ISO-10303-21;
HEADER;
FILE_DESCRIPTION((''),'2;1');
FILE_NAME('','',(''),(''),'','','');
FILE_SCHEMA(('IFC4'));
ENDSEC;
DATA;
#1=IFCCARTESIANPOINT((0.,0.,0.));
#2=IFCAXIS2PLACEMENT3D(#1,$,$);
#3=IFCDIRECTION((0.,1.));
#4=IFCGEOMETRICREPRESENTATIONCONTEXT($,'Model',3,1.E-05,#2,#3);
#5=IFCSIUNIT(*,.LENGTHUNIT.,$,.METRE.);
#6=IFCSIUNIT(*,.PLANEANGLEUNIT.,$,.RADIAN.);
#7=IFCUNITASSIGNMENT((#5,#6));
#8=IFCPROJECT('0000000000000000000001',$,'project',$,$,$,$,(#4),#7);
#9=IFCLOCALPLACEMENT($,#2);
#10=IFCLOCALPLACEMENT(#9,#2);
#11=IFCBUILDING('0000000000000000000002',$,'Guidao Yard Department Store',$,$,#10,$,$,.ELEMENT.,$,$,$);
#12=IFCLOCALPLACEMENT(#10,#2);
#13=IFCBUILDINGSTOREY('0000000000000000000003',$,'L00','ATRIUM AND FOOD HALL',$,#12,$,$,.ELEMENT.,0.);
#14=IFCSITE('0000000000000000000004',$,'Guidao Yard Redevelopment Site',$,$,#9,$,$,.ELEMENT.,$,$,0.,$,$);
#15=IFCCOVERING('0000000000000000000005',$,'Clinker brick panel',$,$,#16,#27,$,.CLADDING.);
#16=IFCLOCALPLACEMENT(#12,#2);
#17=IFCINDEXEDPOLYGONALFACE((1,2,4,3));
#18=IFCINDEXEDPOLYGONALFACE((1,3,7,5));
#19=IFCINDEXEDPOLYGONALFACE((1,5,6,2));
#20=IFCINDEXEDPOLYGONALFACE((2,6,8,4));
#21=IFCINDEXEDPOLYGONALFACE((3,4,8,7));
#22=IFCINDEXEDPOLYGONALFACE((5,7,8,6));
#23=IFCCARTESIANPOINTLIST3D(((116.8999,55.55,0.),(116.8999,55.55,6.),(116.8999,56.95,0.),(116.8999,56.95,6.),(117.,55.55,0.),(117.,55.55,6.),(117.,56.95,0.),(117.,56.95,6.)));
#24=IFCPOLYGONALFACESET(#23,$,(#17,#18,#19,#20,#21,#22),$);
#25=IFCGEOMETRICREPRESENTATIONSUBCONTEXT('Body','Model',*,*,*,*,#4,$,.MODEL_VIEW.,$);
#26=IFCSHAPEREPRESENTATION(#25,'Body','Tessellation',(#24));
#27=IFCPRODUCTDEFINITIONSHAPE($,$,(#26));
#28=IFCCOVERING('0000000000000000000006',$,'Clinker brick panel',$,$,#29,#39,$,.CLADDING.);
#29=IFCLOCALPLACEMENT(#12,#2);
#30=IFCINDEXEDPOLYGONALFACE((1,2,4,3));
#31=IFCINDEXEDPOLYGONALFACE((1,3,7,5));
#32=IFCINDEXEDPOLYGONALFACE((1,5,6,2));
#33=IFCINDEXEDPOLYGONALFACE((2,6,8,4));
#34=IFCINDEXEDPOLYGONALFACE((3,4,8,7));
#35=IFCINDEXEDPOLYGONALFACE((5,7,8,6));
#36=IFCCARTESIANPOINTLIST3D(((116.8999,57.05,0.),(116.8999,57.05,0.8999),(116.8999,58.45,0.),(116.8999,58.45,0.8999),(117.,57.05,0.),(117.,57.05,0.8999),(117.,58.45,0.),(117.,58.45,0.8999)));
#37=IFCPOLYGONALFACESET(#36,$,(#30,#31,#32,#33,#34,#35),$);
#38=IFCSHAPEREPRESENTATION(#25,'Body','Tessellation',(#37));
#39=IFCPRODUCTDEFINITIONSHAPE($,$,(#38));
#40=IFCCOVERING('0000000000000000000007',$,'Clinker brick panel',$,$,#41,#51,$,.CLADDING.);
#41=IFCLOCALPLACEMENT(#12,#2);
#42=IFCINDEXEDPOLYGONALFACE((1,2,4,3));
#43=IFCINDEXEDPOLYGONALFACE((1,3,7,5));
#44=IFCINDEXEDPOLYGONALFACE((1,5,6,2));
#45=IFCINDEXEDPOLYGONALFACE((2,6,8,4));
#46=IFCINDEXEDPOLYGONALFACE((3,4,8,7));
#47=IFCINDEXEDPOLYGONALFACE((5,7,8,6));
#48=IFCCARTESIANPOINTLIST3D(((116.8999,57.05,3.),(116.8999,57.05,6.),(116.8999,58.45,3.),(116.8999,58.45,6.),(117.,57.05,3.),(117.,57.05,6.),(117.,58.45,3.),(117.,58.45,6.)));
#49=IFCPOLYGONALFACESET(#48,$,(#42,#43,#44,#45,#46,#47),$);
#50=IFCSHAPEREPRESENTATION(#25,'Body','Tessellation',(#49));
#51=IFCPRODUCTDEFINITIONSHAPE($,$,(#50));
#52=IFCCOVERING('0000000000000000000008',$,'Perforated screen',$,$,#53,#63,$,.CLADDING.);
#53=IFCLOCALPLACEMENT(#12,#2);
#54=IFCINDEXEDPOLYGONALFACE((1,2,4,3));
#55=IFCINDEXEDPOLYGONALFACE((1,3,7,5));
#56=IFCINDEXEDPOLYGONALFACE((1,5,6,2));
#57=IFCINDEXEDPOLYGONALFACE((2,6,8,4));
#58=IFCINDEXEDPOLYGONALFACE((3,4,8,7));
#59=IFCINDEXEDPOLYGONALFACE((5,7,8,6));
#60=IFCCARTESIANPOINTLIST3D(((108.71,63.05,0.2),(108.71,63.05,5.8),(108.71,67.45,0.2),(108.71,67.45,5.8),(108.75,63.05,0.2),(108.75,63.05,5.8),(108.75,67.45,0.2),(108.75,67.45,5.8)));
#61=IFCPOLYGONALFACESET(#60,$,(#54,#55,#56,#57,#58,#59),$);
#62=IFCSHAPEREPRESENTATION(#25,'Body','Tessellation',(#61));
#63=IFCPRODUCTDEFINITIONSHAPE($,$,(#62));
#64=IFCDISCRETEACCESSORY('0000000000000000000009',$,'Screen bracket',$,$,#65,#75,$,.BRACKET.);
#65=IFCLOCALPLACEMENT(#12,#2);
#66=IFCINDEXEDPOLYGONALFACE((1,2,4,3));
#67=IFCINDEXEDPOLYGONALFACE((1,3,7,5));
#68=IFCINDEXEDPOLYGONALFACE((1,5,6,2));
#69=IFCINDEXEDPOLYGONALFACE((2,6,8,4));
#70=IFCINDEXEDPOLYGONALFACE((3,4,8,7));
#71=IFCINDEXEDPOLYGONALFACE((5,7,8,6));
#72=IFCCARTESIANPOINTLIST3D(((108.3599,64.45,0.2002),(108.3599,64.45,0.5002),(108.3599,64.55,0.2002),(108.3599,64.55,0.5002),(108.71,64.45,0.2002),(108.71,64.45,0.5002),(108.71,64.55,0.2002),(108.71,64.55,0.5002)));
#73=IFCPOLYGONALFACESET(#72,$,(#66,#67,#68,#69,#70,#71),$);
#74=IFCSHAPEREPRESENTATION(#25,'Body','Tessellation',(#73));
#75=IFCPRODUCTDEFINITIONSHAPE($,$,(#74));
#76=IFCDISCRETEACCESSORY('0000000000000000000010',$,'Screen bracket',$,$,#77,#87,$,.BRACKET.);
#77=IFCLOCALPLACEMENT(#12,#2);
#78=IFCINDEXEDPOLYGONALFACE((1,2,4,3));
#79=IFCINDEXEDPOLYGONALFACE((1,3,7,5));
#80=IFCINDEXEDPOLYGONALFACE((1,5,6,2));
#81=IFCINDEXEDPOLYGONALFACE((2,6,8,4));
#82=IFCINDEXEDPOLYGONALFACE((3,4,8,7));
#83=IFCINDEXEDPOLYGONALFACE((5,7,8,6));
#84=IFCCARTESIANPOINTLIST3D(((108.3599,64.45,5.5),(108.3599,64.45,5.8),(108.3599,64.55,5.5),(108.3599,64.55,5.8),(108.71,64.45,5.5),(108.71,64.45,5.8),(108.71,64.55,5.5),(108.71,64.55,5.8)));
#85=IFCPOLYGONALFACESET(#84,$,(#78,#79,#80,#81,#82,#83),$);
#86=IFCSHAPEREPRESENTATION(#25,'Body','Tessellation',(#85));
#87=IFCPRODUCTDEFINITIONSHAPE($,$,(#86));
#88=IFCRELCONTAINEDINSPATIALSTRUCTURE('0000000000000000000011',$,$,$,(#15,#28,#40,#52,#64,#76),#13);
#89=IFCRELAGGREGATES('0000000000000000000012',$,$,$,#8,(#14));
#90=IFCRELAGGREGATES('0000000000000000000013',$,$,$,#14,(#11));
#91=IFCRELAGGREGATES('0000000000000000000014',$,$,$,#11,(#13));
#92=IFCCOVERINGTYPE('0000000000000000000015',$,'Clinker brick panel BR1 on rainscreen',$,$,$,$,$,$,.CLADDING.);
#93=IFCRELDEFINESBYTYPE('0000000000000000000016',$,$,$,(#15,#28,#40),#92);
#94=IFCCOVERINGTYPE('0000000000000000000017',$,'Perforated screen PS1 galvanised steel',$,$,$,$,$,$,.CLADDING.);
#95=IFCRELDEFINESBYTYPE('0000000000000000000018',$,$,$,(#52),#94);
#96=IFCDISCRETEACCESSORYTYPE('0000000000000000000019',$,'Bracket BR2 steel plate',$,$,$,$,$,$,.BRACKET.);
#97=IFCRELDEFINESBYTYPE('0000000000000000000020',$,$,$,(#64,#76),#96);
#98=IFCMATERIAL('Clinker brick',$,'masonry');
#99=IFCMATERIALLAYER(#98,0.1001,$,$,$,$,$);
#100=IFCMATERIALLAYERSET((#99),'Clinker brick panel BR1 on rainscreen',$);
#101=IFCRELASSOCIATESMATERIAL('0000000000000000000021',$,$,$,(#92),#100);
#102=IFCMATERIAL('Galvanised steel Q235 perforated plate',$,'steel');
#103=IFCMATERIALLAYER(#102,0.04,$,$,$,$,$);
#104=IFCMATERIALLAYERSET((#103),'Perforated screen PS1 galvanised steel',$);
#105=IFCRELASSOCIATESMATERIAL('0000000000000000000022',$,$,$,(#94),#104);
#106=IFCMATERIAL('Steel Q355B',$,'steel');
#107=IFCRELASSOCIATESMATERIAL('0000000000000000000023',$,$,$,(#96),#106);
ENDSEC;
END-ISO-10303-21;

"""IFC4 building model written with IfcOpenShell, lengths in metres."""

from ifc_helpers import new_model, si_unit, direction, frame, origin, origin_2d, place, context, subcontext, project, spatial, rectangle, extrude, material, layer, layer_set, type_object, element, save


model = new_model("IFC4")

# Units and contexts
model_context = context("Model", 3, precision=1e-05, world=origin(), true_north=direction((0.0, 1.0)))
body_context = subcontext(model_context, "Body", "Model", "MODEL_VIEW")
ifc_project = project(units=[si_unit("LENGTHUNIT", "METRE"), si_unit("PLANEANGLEUNIT", "RADIAN")], contexts=[model_context])

# Site, building, storey
site_placement = place(None, origin())
site = spatial("IfcSite", under=ifc_project, at=site_placement, Name="Guidao Yard Redevelopment Site", CompositionType="ELEMENT", RefElevation=0.0)
building_placement = place(site_placement, origin())
building = spatial("IfcBuilding", under=site, at=building_placement, Name="Guidao Yard Department Store", CompositionType="ELEMENT")
storey_placement = place(building_placement, origin())
storey = spatial("IfcBuildingStorey", under=building, at=storey_placement, Name="L00", Description="ATRIUM AND FOOD HALL", CompositionType="ELEMENT", Elevation=0.0)

# Coverings
ifc_material_1 = material(Name="Clinker brick", Category="masonry")
ifc_layer_1 = layer(ifc_material_1, 0.1001)
ifc_layer_set_1 = layer_set([ifc_layer_1], Name="Clinker brick panel BR1 on rainscreen")
covering_type_1 = type_object("IfcCoveringType", Name="Clinker brick panel BR1 on rainscreen", PredefinedType="CLADDING", material=ifc_layer_set_1)
covering_1_placement = place(storey_placement, frame((116.95, 56.25, 0.0), z_axis=(0.0, 0.0, 1.0), x_axis=(0.0, 1.0, 0.0)))
element("IfcCovering", 1, at=covering_1_placement, inside=storey, type_object=covering_type_1, Name="Clinker brick panel", PredefinedType="CLADDING", context=body_context, shape_type="SweptSolid", body=[
    extrude(rectangle(XDim=1.3999, YDim=0.1001, at=origin_2d()), origin(), (0.0, 0.0, 1.0), 6.0),
])
covering_2_placement = place(storey_placement, frame((116.95, 57.75, 0.0), z_axis=(0.0, 0.0, 1.0), x_axis=(0.0, 1.0, 0.0)))
element("IfcCovering", 2, at=covering_2_placement, inside=storey, type_object=covering_type_1, Name="Clinker brick panel", PredefinedType="CLADDING", context=body_context, shape_type="SweptSolid", body=[
    extrude(rectangle(XDim=1.3999, YDim=0.1001, at=origin_2d()), origin(), (0.0, 0.0, 1.0), 0.8999),
])
covering_3_placement = place(storey_placement, frame((116.95, 57.75, 3.0), z_axis=(0.0, 0.0, 1.0), x_axis=(0.0, 1.0, 0.0)))
element("IfcCovering", 3, at=covering_3_placement, inside=storey, type_object=covering_type_1, Name="Clinker brick panel", PredefinedType="CLADDING", context=body_context, shape_type="SweptSolid", body=[
    extrude(rectangle(XDim=1.3999, YDim=0.1001, at=origin_2d()), origin(), (0.0, 0.0, 1.0), 3.0),
])
ifc_material_2 = material(Name="Galvanised steel Q235 perforated plate", Category="steel")
ifc_layer_2 = layer(ifc_material_2, 0.04)
ifc_layer_set_2 = layer_set([ifc_layer_2], Name="Perforated screen PS1 galvanised steel")
covering_type_2 = type_object("IfcCoveringType", Name="Perforated screen PS1 galvanised steel", PredefinedType="CLADDING", material=ifc_layer_set_2)
covering_4_placement = place(storey_placement, frame((108.73, 65.25, 0.2), z_axis=(0.0, 0.0, 1.0), x_axis=(0.0, -1.0, 0.0)))
element("IfcCovering", 4, at=covering_4_placement, inside=storey, type_object=covering_type_2, Name="Perforated screen", PredefinedType="CLADDING", context=body_context, shape_type="SweptSolid", body=[
    extrude(rectangle(XDim=4.3999, YDim=0.04, at=origin_2d()), origin(), (0.0, 0.0, 1.0), 5.6001),
])

# Discrete accessories
ifc_material_3 = material(Name="Steel Q355B", Category="steel")
discrete_accessory_type = type_object("IfcDiscreteAccessoryType", Name="Bracket BR2 steel plate", PredefinedType="BRACKET", material=ifc_material_3)
for number, where, z_axis, x_axis, name in (
    (5, (108.5349, 64.5, 0.2002), (0.0, 0.0, 1.0), (0.0, -1.0, 0.0), "Screen bracket"),
    (6, (108.5349, 64.5, 5.5), (0.0, 0.0, 1.0), (0.0, -1.0, 0.0), "Screen bracket"),
):
    element("IfcDiscreteAccessory", number, at=place(storey_placement, frame(where, z_axis=z_axis, x_axis=x_axis)), inside=storey, type_object=discrete_accessory_type, Name=name, PredefinedType="BRACKET", context=body_context, shape_type="SweptSolid", body=[
        extrude(rectangle(XDim=0.1001, YDim=0.3501, at=origin_2d()), origin(), (0.0, 0.0, 1.0), 0.3),
    ])

save(model, "model.ifc")
